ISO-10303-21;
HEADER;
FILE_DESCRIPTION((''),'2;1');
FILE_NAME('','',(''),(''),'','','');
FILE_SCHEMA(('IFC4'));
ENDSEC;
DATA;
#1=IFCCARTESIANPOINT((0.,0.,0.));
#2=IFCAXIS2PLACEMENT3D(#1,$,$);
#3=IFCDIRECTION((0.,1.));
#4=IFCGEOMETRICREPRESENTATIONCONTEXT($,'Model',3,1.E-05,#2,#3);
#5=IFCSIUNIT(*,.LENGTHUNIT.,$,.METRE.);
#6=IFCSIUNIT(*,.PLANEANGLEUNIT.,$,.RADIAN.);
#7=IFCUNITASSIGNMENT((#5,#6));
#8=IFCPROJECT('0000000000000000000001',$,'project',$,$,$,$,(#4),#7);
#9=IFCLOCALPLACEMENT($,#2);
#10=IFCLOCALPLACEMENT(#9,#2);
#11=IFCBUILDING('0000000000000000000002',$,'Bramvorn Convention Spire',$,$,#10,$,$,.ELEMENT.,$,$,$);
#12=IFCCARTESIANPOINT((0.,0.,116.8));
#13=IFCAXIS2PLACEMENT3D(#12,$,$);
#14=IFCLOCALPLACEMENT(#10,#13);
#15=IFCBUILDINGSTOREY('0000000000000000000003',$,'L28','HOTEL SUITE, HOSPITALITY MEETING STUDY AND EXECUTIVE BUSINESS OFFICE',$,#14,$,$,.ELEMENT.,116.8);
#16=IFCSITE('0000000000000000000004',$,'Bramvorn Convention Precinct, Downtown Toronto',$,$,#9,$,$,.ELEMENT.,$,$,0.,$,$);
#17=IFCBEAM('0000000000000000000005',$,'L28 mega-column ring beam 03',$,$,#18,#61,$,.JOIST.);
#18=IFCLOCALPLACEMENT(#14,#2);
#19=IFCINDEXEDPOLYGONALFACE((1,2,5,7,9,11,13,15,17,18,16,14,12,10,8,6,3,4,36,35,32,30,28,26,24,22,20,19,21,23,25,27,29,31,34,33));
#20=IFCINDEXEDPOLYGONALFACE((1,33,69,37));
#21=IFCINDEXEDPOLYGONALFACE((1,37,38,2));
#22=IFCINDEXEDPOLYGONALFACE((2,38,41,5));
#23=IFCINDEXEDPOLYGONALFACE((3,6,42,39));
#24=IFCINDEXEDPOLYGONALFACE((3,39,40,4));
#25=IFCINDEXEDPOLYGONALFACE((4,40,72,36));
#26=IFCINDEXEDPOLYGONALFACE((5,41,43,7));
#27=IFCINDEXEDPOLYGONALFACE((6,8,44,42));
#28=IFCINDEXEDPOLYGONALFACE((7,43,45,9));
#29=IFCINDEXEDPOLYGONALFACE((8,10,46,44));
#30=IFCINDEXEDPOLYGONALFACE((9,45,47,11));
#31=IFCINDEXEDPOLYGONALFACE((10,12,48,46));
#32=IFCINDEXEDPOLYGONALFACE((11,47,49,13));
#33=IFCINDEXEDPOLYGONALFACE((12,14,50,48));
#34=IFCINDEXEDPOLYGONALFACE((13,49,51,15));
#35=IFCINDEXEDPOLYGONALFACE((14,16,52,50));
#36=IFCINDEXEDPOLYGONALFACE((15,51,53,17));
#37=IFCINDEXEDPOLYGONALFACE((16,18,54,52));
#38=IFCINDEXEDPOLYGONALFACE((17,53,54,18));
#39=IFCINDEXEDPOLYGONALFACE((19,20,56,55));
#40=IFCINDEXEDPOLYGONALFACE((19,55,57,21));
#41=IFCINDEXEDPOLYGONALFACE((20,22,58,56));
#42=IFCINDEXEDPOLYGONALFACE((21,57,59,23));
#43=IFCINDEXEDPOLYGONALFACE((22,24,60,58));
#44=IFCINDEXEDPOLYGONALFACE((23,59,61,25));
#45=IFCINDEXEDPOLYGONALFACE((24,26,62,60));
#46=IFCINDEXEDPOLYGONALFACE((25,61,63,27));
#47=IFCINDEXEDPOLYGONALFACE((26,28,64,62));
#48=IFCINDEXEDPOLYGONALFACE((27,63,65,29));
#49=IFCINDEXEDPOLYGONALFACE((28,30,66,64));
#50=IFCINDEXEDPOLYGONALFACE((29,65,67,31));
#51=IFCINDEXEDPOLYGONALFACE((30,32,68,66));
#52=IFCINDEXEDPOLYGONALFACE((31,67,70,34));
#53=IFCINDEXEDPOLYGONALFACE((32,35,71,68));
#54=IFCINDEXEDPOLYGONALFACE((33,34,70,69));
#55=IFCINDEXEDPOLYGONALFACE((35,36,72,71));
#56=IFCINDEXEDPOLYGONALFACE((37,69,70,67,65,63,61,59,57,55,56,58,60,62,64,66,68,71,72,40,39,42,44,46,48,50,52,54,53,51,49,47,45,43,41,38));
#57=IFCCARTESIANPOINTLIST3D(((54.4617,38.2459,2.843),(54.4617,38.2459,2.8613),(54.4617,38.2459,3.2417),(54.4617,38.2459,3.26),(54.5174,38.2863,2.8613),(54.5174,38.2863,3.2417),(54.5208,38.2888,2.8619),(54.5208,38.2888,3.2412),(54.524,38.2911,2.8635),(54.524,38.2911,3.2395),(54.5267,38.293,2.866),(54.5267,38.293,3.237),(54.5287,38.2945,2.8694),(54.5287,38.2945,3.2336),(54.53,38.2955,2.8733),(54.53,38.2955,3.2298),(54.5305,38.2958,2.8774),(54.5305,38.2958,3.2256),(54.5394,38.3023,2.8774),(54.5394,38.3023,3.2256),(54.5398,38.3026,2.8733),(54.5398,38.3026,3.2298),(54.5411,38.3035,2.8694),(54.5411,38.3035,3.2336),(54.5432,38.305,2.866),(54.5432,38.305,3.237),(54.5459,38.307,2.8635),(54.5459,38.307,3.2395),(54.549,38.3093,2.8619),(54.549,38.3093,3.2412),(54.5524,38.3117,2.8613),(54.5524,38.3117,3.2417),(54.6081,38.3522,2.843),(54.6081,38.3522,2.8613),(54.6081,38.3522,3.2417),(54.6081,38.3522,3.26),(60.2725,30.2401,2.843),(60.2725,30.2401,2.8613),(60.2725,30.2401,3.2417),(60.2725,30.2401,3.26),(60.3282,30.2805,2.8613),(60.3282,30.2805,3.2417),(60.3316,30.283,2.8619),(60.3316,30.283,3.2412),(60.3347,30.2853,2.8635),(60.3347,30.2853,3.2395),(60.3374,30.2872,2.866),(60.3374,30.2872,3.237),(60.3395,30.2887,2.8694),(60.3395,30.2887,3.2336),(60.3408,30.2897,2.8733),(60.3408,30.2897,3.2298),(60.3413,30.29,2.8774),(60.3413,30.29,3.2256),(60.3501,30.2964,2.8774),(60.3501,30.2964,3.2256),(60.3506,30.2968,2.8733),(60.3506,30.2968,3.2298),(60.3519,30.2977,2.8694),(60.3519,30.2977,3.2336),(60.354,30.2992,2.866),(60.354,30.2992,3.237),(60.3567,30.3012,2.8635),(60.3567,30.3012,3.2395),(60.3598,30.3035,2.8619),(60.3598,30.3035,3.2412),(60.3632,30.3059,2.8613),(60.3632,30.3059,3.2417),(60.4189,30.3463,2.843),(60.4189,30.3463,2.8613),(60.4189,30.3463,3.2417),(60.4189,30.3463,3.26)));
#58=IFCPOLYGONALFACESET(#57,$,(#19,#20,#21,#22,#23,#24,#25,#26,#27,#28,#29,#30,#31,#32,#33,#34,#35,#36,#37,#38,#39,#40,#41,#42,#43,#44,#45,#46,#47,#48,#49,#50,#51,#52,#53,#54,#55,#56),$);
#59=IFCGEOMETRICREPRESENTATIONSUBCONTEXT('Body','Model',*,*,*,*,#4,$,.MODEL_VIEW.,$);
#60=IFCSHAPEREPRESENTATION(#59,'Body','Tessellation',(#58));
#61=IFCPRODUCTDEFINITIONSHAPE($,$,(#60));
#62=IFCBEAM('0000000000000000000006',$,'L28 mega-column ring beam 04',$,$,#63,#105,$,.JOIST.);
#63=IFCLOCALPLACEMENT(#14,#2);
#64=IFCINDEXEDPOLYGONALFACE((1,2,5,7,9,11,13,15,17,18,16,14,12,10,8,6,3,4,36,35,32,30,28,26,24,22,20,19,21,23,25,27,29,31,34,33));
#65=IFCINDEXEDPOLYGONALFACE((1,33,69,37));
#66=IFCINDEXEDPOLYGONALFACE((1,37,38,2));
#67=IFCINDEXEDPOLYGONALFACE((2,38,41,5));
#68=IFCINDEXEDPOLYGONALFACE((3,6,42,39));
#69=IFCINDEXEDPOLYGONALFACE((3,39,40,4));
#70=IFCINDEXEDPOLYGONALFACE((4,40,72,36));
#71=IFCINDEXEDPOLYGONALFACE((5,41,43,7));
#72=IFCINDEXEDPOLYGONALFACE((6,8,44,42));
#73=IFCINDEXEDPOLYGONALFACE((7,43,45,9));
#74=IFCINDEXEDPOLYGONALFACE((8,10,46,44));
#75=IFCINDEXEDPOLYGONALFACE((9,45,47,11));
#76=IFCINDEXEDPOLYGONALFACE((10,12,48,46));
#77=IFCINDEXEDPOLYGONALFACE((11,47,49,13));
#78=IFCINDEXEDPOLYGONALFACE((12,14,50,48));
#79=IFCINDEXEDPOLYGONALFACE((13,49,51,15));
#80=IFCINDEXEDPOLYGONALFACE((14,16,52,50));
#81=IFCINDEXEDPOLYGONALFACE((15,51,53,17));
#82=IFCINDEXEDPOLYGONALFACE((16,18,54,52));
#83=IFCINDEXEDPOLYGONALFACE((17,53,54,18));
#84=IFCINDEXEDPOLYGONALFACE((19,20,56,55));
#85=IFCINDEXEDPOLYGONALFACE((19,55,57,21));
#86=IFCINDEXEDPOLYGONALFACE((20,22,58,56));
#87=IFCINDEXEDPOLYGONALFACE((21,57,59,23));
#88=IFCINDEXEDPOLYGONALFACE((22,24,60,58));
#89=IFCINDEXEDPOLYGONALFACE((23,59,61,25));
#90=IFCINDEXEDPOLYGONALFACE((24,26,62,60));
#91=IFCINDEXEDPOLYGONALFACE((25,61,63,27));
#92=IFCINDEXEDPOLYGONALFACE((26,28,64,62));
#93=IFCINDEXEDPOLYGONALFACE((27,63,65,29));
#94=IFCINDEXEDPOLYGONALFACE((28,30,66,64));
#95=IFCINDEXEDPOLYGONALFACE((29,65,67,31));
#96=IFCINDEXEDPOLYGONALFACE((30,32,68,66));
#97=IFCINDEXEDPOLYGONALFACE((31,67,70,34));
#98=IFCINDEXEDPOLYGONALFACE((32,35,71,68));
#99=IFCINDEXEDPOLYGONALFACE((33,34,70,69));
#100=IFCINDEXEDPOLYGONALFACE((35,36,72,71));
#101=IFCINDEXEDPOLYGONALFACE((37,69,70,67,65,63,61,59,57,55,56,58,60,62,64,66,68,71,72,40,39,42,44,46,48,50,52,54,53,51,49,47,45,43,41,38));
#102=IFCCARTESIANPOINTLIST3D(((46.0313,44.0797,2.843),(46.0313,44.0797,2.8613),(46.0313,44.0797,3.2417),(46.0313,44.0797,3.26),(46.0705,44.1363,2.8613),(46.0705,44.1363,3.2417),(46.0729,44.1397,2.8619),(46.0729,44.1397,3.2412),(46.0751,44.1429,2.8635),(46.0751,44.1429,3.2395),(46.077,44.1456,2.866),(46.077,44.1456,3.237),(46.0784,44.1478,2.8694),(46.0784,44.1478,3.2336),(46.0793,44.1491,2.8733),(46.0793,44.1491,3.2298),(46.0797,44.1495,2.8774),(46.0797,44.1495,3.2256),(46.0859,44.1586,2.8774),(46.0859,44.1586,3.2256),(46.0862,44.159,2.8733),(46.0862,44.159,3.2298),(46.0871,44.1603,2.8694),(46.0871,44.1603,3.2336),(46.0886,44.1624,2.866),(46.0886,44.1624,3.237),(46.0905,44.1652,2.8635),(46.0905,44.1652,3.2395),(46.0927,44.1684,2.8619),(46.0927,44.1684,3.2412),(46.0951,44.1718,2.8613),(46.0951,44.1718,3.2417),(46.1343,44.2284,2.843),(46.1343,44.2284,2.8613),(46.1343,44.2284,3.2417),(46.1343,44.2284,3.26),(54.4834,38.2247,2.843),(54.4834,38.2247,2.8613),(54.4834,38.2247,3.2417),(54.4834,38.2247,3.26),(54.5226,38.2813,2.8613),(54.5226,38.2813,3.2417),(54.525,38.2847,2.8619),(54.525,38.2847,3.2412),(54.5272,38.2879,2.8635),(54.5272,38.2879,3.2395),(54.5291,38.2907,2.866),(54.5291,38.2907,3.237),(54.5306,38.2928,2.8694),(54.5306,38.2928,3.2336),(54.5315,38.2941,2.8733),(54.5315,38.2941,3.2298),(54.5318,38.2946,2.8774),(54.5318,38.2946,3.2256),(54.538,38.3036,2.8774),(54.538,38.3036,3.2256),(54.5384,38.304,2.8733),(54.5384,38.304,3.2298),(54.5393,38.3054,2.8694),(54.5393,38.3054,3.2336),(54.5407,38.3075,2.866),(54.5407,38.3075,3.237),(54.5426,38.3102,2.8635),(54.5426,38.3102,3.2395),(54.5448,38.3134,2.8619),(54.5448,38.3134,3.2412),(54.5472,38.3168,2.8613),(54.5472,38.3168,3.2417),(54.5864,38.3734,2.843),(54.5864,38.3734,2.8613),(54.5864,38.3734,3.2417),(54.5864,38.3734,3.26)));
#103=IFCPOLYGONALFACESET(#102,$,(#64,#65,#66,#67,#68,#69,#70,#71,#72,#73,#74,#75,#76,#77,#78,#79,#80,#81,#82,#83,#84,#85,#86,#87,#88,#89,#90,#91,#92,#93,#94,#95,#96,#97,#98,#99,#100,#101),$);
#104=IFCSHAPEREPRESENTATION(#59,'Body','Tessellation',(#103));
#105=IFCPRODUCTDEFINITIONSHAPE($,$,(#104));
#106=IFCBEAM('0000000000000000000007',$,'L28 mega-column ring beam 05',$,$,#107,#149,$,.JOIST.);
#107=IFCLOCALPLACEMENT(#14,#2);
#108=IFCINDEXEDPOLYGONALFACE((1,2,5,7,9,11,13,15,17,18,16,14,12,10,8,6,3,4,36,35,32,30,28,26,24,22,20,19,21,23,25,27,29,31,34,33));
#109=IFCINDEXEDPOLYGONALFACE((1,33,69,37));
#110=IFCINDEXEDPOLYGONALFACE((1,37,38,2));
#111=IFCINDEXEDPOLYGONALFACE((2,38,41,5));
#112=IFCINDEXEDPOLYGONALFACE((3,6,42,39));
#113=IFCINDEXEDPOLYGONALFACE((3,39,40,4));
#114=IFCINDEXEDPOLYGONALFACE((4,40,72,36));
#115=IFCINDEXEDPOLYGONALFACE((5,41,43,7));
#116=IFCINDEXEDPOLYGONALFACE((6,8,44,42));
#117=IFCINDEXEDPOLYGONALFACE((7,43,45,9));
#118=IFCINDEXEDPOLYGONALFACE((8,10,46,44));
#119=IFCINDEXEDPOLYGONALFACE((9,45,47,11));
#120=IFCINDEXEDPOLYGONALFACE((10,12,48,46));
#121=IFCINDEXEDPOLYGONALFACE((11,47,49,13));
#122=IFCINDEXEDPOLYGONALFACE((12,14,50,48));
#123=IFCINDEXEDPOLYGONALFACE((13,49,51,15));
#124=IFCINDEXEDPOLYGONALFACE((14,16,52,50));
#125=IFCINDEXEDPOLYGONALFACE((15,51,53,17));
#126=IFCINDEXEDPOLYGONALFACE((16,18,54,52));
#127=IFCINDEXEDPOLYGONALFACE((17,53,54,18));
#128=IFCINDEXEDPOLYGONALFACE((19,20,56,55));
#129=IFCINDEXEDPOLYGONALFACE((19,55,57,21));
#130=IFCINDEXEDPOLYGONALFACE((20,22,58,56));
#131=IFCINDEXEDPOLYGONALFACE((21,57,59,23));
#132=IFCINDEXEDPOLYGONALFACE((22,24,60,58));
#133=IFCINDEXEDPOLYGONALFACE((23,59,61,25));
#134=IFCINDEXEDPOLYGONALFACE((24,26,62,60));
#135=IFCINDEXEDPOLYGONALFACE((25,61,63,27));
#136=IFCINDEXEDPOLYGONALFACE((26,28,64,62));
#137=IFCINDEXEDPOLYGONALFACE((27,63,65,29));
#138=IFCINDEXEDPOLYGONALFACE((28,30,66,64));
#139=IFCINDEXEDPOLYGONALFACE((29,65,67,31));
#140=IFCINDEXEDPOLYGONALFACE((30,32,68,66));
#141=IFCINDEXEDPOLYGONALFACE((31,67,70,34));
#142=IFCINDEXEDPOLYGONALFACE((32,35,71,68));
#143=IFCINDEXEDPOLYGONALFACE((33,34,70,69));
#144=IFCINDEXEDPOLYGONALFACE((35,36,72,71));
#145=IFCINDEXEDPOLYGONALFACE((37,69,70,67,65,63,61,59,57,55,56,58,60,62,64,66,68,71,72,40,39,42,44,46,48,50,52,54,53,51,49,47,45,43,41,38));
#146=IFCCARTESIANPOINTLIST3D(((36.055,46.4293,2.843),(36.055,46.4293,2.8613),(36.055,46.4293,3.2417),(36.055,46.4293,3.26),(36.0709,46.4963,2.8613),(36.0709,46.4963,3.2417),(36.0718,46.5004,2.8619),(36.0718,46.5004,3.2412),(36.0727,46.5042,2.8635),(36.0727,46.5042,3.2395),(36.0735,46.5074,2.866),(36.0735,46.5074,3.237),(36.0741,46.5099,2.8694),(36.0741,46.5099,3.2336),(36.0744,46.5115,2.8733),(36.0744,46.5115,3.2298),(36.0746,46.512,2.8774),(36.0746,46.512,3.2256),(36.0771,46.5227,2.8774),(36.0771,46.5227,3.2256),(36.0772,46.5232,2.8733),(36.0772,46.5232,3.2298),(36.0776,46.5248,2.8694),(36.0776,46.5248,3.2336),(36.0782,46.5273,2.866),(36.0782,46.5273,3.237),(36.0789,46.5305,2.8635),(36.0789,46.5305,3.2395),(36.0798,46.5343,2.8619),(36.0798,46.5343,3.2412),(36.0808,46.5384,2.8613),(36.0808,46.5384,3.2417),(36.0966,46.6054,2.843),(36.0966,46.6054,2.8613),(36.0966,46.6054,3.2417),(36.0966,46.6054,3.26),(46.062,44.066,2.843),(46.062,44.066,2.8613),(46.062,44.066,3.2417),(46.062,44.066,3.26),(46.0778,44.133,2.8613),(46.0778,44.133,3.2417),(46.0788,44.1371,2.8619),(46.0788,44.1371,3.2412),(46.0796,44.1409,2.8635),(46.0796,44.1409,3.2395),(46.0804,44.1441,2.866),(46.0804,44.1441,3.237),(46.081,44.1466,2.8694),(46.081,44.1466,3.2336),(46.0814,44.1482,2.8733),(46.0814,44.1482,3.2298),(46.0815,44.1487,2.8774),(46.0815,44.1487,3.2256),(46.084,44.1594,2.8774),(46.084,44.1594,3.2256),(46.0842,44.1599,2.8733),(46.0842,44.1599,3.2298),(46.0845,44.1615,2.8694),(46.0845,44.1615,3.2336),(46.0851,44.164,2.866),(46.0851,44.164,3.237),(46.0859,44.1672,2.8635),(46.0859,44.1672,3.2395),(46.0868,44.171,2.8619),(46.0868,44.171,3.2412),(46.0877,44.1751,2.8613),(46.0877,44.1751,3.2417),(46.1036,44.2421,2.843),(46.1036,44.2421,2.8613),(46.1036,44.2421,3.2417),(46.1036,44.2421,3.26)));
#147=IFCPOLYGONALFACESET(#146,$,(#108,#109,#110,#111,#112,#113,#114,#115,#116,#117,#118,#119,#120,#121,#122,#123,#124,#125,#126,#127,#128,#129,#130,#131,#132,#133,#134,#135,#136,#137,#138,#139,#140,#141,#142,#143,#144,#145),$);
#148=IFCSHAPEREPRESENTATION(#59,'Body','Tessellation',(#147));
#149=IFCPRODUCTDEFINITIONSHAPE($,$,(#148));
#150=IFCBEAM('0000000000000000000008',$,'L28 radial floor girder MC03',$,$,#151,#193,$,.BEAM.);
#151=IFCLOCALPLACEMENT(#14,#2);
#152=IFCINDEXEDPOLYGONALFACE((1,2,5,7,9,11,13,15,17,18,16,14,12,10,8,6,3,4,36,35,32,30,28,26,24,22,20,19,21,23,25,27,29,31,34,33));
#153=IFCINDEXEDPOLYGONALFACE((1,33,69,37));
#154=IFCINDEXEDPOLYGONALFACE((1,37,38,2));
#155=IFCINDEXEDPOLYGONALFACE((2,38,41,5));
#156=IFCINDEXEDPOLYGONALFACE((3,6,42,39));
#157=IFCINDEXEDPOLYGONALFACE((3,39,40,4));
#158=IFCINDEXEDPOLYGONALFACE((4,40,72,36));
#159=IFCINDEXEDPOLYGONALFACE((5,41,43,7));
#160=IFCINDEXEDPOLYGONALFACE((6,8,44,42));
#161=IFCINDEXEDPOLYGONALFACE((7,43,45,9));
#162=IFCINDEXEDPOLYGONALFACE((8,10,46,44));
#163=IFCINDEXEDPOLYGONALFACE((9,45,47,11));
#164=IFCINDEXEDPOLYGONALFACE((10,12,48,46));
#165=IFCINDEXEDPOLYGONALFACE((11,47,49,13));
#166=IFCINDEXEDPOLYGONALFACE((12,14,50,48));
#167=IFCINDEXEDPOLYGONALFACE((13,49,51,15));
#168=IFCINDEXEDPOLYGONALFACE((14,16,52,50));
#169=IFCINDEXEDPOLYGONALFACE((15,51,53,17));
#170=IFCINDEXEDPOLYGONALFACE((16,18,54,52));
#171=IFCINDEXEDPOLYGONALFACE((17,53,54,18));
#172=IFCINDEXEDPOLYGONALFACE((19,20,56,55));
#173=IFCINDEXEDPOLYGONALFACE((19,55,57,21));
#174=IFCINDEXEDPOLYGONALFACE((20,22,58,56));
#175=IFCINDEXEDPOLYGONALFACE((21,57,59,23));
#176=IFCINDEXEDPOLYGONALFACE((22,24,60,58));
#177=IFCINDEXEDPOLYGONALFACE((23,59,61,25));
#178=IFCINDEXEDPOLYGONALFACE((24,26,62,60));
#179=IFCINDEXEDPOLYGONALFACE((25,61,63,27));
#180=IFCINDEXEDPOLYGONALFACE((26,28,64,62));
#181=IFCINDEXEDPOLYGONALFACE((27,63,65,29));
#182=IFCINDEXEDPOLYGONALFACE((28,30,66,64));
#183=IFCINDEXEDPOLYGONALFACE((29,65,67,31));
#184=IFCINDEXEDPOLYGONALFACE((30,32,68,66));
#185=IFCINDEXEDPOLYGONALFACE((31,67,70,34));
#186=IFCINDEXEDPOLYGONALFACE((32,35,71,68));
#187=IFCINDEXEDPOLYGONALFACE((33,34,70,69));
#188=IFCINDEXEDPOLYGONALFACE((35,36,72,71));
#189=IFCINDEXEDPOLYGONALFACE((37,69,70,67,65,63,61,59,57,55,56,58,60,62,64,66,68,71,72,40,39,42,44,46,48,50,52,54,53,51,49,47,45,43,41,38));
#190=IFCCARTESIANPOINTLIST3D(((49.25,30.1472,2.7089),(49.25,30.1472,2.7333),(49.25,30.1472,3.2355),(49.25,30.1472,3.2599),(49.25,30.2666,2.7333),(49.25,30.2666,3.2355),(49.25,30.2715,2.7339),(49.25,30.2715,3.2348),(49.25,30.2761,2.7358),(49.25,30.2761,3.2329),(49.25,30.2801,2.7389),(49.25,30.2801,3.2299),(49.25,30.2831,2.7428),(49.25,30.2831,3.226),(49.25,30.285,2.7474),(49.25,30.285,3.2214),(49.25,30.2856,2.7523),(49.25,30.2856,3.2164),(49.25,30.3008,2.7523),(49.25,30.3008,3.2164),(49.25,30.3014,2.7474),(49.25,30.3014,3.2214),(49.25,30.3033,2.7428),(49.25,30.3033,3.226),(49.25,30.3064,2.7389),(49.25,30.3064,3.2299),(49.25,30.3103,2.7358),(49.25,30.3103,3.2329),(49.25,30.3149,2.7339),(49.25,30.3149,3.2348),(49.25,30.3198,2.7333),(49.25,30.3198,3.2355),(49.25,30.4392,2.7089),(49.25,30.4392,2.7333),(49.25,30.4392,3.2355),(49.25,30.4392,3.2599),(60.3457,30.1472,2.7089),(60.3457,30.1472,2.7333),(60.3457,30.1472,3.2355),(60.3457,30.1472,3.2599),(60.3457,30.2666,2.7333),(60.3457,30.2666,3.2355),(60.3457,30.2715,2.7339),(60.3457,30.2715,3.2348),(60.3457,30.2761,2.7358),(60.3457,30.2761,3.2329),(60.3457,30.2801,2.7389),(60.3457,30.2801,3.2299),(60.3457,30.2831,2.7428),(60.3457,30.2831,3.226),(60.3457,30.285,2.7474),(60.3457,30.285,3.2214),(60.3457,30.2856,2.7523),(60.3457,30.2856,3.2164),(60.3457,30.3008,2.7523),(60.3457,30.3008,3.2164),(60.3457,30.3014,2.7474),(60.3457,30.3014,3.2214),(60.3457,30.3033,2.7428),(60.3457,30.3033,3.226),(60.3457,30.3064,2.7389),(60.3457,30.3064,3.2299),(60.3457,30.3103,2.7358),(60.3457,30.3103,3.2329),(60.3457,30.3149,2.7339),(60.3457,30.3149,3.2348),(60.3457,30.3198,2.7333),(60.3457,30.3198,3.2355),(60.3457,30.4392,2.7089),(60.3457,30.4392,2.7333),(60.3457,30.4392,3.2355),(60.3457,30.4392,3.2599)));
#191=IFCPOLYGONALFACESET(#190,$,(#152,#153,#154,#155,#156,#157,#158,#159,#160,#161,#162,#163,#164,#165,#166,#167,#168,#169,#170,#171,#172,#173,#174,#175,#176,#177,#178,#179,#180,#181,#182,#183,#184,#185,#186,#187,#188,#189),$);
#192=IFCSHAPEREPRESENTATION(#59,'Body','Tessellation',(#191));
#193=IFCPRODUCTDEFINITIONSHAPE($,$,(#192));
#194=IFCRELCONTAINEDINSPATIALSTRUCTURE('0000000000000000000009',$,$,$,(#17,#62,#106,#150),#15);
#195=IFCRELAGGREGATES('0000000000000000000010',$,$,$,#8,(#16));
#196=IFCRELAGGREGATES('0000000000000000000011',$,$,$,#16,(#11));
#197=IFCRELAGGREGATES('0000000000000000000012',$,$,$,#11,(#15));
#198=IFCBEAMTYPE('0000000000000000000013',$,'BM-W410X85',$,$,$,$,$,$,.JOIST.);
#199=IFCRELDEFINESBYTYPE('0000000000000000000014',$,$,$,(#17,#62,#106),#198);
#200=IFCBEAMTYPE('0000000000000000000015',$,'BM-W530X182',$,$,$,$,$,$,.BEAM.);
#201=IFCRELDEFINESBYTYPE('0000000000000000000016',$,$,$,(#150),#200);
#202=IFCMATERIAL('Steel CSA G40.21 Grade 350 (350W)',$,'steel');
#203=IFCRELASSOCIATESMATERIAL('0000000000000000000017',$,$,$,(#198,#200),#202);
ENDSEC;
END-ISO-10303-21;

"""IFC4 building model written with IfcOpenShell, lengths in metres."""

from ifc_helpers import new_model, si_unit, direction, frame, origin, origin_2d, place, context, subcontext, project, spatial, i_section, extrude, material, material_profile, profile_set, type_object, element, save


model = new_model("IFC4")

# Units and contexts
model_context = context("Model", 3, precision=1e-05, world=origin(), true_north=direction((0.0, 1.0)))
body_context = subcontext(model_context, "Body", "Model", "MODEL_VIEW")
ifc_project = project(units=[si_unit("LENGTHUNIT", "METRE"), si_unit("PLANEANGLEUNIT", "RADIAN")], contexts=[model_context])

# Site, building, storey
site_placement = place(None, origin())
site = spatial("IfcSite", under=ifc_project, at=site_placement, Name="Bramvorn Convention Precinct, Downtown Toronto", CompositionType="ELEMENT", RefElevation=0.0)
building_placement = place(site_placement, origin())
building = spatial("IfcBuilding", under=site, at=building_placement, Name="Bramvorn Convention Spire", CompositionType="ELEMENT")
storey_placement = place(building_placement, frame((0.0, 0.0, 116.8)))
storey = spatial("IfcBuildingStorey", under=building, at=storey_placement, Name="L28", Description="HOTEL SUITE, HOSPITALITY MEETING STUDY AND EXECUTIVE BUSINESS OFFICE", CompositionType="ELEMENT", Elevation=116.8)

# Shared definitions
ifc_material_1 = material(Name="Steel CSA G40.21 Grade 350 (350W)", Category="steel")

# Beams
ifc_material_profile_1 = material_profile(ifc_material_1, i_section(OverallWidth=0.1809, OverallDepth=0.417, WebThickness=0.011, FlangeThickness=0.0183, FilletRadius=0.0161, at=origin_2d()))
ifc_profile_set_1 = profile_set([ifc_material_profile_1], Name="Steel CSA G40.21 Grade 350 (350W) - W410X85")
beam_type_1 = type_object("IfcBeamType", Name="BM-W410X85", PredefinedType="JOIST", material=ifc_profile_set_1)
beam_1_placement = place(storey_placement, frame((60.3457, 30.2932, 3.0515), z_axis=(-0.587401, 0.809296, 0.0), x_axis=(-0.809296, -0.587401, 0.0)))
element("IfcBeam", 1, at=beam_1_placement, inside=storey, type_object=beam_type_1, Name="L28 mega-column ring beam 03", PredefinedType="JOIST", context=body_context, shape_type="SweptSolid", body=[
    extrude(i_section(OverallWidth=0.1809, OverallDepth=0.417, WebThickness=0.011, FlangeThickness=0.0183, FilletRadius=0.0161, at=origin_2d()), origin(), (0.0, 0.0, 1.0), 9.8923),
])
beam_2_placement = place(storey_placement, frame((54.5349, 38.2991, 3.0515), z_axis=(-0.822033, 0.56944, 0.0), x_axis=(-0.56944, -0.822033, 0.0)))
element("IfcBeam", 2, at=beam_2_placement, inside=storey, type_object=beam_type_1, Name="L28 mega-column ring beam 04", PredefinedType="JOIST", context=body_context, shape_type="SweptSolid", body=[
    extrude(i_section(OverallWidth=0.1809, OverallDepth=0.417, WebThickness=0.011, FlangeThickness=0.0183, FilletRadius=0.0161, at=origin_2d()), origin(), (0.0, 0.0, 1.0), 10.282),
])
beam_3_placement = place(storey_placement, frame((46.0828, 44.1541, 3.0515), z_axis=(-0.973228, 0.229844, 0.0), x_axis=(-0.229844, -0.973228, 0.0)))
element("IfcBeam", 3, at=beam_3_placement, inside=storey, type_object=beam_type_1, Name="L28 mega-column ring beam 05", PredefinedType="JOIST", context=body_context, shape_type="SweptSolid", body=[
    extrude(i_section(OverallWidth=0.1809, OverallDepth=0.417, WebThickness=0.011, FlangeThickness=0.0183, FilletRadius=0.0161, at=origin_2d()), origin(), (0.0, 0.0, 1.0), 10.2822),
])
ifc_material_profile_2 = material_profile(ifc_material_1, i_section(OverallWidth=0.292, OverallDepth=0.551, WebThickness=0.0151, FlangeThickness=0.0244, FilletRadius=0.019, at=origin_2d()))
ifc_profile_set_2 = profile_set([ifc_material_profile_2], Name="Steel CSA G40.21 Grade 350 (350W) - W530X182")
beam_type_2 = type_object("IfcBeamType", Name="BM-W530X182", PredefinedType="BEAM", material=ifc_profile_set_2)
beam_4_placement = place(storey_placement, frame((49.25, 30.2932, 2.9844), z_axis=(1.0, 0.0, 0.0), x_axis=(0.0, 1.0, 0.0)))
element("IfcBeam", 4, at=beam_4_placement, inside=storey, type_object=beam_type_2, Name="L28 radial floor girder MC03", PredefinedType="BEAM", context=body_context, shape_type="SweptSolid", body=[
    extrude(i_section(OverallWidth=0.292, OverallDepth=0.551, WebThickness=0.0151, FlangeThickness=0.0244, FilletRadius=0.019, at=origin_2d()), origin(), (0.0, 0.0, 1.0), 11.0957),
])

save(model, "model.ifc")
